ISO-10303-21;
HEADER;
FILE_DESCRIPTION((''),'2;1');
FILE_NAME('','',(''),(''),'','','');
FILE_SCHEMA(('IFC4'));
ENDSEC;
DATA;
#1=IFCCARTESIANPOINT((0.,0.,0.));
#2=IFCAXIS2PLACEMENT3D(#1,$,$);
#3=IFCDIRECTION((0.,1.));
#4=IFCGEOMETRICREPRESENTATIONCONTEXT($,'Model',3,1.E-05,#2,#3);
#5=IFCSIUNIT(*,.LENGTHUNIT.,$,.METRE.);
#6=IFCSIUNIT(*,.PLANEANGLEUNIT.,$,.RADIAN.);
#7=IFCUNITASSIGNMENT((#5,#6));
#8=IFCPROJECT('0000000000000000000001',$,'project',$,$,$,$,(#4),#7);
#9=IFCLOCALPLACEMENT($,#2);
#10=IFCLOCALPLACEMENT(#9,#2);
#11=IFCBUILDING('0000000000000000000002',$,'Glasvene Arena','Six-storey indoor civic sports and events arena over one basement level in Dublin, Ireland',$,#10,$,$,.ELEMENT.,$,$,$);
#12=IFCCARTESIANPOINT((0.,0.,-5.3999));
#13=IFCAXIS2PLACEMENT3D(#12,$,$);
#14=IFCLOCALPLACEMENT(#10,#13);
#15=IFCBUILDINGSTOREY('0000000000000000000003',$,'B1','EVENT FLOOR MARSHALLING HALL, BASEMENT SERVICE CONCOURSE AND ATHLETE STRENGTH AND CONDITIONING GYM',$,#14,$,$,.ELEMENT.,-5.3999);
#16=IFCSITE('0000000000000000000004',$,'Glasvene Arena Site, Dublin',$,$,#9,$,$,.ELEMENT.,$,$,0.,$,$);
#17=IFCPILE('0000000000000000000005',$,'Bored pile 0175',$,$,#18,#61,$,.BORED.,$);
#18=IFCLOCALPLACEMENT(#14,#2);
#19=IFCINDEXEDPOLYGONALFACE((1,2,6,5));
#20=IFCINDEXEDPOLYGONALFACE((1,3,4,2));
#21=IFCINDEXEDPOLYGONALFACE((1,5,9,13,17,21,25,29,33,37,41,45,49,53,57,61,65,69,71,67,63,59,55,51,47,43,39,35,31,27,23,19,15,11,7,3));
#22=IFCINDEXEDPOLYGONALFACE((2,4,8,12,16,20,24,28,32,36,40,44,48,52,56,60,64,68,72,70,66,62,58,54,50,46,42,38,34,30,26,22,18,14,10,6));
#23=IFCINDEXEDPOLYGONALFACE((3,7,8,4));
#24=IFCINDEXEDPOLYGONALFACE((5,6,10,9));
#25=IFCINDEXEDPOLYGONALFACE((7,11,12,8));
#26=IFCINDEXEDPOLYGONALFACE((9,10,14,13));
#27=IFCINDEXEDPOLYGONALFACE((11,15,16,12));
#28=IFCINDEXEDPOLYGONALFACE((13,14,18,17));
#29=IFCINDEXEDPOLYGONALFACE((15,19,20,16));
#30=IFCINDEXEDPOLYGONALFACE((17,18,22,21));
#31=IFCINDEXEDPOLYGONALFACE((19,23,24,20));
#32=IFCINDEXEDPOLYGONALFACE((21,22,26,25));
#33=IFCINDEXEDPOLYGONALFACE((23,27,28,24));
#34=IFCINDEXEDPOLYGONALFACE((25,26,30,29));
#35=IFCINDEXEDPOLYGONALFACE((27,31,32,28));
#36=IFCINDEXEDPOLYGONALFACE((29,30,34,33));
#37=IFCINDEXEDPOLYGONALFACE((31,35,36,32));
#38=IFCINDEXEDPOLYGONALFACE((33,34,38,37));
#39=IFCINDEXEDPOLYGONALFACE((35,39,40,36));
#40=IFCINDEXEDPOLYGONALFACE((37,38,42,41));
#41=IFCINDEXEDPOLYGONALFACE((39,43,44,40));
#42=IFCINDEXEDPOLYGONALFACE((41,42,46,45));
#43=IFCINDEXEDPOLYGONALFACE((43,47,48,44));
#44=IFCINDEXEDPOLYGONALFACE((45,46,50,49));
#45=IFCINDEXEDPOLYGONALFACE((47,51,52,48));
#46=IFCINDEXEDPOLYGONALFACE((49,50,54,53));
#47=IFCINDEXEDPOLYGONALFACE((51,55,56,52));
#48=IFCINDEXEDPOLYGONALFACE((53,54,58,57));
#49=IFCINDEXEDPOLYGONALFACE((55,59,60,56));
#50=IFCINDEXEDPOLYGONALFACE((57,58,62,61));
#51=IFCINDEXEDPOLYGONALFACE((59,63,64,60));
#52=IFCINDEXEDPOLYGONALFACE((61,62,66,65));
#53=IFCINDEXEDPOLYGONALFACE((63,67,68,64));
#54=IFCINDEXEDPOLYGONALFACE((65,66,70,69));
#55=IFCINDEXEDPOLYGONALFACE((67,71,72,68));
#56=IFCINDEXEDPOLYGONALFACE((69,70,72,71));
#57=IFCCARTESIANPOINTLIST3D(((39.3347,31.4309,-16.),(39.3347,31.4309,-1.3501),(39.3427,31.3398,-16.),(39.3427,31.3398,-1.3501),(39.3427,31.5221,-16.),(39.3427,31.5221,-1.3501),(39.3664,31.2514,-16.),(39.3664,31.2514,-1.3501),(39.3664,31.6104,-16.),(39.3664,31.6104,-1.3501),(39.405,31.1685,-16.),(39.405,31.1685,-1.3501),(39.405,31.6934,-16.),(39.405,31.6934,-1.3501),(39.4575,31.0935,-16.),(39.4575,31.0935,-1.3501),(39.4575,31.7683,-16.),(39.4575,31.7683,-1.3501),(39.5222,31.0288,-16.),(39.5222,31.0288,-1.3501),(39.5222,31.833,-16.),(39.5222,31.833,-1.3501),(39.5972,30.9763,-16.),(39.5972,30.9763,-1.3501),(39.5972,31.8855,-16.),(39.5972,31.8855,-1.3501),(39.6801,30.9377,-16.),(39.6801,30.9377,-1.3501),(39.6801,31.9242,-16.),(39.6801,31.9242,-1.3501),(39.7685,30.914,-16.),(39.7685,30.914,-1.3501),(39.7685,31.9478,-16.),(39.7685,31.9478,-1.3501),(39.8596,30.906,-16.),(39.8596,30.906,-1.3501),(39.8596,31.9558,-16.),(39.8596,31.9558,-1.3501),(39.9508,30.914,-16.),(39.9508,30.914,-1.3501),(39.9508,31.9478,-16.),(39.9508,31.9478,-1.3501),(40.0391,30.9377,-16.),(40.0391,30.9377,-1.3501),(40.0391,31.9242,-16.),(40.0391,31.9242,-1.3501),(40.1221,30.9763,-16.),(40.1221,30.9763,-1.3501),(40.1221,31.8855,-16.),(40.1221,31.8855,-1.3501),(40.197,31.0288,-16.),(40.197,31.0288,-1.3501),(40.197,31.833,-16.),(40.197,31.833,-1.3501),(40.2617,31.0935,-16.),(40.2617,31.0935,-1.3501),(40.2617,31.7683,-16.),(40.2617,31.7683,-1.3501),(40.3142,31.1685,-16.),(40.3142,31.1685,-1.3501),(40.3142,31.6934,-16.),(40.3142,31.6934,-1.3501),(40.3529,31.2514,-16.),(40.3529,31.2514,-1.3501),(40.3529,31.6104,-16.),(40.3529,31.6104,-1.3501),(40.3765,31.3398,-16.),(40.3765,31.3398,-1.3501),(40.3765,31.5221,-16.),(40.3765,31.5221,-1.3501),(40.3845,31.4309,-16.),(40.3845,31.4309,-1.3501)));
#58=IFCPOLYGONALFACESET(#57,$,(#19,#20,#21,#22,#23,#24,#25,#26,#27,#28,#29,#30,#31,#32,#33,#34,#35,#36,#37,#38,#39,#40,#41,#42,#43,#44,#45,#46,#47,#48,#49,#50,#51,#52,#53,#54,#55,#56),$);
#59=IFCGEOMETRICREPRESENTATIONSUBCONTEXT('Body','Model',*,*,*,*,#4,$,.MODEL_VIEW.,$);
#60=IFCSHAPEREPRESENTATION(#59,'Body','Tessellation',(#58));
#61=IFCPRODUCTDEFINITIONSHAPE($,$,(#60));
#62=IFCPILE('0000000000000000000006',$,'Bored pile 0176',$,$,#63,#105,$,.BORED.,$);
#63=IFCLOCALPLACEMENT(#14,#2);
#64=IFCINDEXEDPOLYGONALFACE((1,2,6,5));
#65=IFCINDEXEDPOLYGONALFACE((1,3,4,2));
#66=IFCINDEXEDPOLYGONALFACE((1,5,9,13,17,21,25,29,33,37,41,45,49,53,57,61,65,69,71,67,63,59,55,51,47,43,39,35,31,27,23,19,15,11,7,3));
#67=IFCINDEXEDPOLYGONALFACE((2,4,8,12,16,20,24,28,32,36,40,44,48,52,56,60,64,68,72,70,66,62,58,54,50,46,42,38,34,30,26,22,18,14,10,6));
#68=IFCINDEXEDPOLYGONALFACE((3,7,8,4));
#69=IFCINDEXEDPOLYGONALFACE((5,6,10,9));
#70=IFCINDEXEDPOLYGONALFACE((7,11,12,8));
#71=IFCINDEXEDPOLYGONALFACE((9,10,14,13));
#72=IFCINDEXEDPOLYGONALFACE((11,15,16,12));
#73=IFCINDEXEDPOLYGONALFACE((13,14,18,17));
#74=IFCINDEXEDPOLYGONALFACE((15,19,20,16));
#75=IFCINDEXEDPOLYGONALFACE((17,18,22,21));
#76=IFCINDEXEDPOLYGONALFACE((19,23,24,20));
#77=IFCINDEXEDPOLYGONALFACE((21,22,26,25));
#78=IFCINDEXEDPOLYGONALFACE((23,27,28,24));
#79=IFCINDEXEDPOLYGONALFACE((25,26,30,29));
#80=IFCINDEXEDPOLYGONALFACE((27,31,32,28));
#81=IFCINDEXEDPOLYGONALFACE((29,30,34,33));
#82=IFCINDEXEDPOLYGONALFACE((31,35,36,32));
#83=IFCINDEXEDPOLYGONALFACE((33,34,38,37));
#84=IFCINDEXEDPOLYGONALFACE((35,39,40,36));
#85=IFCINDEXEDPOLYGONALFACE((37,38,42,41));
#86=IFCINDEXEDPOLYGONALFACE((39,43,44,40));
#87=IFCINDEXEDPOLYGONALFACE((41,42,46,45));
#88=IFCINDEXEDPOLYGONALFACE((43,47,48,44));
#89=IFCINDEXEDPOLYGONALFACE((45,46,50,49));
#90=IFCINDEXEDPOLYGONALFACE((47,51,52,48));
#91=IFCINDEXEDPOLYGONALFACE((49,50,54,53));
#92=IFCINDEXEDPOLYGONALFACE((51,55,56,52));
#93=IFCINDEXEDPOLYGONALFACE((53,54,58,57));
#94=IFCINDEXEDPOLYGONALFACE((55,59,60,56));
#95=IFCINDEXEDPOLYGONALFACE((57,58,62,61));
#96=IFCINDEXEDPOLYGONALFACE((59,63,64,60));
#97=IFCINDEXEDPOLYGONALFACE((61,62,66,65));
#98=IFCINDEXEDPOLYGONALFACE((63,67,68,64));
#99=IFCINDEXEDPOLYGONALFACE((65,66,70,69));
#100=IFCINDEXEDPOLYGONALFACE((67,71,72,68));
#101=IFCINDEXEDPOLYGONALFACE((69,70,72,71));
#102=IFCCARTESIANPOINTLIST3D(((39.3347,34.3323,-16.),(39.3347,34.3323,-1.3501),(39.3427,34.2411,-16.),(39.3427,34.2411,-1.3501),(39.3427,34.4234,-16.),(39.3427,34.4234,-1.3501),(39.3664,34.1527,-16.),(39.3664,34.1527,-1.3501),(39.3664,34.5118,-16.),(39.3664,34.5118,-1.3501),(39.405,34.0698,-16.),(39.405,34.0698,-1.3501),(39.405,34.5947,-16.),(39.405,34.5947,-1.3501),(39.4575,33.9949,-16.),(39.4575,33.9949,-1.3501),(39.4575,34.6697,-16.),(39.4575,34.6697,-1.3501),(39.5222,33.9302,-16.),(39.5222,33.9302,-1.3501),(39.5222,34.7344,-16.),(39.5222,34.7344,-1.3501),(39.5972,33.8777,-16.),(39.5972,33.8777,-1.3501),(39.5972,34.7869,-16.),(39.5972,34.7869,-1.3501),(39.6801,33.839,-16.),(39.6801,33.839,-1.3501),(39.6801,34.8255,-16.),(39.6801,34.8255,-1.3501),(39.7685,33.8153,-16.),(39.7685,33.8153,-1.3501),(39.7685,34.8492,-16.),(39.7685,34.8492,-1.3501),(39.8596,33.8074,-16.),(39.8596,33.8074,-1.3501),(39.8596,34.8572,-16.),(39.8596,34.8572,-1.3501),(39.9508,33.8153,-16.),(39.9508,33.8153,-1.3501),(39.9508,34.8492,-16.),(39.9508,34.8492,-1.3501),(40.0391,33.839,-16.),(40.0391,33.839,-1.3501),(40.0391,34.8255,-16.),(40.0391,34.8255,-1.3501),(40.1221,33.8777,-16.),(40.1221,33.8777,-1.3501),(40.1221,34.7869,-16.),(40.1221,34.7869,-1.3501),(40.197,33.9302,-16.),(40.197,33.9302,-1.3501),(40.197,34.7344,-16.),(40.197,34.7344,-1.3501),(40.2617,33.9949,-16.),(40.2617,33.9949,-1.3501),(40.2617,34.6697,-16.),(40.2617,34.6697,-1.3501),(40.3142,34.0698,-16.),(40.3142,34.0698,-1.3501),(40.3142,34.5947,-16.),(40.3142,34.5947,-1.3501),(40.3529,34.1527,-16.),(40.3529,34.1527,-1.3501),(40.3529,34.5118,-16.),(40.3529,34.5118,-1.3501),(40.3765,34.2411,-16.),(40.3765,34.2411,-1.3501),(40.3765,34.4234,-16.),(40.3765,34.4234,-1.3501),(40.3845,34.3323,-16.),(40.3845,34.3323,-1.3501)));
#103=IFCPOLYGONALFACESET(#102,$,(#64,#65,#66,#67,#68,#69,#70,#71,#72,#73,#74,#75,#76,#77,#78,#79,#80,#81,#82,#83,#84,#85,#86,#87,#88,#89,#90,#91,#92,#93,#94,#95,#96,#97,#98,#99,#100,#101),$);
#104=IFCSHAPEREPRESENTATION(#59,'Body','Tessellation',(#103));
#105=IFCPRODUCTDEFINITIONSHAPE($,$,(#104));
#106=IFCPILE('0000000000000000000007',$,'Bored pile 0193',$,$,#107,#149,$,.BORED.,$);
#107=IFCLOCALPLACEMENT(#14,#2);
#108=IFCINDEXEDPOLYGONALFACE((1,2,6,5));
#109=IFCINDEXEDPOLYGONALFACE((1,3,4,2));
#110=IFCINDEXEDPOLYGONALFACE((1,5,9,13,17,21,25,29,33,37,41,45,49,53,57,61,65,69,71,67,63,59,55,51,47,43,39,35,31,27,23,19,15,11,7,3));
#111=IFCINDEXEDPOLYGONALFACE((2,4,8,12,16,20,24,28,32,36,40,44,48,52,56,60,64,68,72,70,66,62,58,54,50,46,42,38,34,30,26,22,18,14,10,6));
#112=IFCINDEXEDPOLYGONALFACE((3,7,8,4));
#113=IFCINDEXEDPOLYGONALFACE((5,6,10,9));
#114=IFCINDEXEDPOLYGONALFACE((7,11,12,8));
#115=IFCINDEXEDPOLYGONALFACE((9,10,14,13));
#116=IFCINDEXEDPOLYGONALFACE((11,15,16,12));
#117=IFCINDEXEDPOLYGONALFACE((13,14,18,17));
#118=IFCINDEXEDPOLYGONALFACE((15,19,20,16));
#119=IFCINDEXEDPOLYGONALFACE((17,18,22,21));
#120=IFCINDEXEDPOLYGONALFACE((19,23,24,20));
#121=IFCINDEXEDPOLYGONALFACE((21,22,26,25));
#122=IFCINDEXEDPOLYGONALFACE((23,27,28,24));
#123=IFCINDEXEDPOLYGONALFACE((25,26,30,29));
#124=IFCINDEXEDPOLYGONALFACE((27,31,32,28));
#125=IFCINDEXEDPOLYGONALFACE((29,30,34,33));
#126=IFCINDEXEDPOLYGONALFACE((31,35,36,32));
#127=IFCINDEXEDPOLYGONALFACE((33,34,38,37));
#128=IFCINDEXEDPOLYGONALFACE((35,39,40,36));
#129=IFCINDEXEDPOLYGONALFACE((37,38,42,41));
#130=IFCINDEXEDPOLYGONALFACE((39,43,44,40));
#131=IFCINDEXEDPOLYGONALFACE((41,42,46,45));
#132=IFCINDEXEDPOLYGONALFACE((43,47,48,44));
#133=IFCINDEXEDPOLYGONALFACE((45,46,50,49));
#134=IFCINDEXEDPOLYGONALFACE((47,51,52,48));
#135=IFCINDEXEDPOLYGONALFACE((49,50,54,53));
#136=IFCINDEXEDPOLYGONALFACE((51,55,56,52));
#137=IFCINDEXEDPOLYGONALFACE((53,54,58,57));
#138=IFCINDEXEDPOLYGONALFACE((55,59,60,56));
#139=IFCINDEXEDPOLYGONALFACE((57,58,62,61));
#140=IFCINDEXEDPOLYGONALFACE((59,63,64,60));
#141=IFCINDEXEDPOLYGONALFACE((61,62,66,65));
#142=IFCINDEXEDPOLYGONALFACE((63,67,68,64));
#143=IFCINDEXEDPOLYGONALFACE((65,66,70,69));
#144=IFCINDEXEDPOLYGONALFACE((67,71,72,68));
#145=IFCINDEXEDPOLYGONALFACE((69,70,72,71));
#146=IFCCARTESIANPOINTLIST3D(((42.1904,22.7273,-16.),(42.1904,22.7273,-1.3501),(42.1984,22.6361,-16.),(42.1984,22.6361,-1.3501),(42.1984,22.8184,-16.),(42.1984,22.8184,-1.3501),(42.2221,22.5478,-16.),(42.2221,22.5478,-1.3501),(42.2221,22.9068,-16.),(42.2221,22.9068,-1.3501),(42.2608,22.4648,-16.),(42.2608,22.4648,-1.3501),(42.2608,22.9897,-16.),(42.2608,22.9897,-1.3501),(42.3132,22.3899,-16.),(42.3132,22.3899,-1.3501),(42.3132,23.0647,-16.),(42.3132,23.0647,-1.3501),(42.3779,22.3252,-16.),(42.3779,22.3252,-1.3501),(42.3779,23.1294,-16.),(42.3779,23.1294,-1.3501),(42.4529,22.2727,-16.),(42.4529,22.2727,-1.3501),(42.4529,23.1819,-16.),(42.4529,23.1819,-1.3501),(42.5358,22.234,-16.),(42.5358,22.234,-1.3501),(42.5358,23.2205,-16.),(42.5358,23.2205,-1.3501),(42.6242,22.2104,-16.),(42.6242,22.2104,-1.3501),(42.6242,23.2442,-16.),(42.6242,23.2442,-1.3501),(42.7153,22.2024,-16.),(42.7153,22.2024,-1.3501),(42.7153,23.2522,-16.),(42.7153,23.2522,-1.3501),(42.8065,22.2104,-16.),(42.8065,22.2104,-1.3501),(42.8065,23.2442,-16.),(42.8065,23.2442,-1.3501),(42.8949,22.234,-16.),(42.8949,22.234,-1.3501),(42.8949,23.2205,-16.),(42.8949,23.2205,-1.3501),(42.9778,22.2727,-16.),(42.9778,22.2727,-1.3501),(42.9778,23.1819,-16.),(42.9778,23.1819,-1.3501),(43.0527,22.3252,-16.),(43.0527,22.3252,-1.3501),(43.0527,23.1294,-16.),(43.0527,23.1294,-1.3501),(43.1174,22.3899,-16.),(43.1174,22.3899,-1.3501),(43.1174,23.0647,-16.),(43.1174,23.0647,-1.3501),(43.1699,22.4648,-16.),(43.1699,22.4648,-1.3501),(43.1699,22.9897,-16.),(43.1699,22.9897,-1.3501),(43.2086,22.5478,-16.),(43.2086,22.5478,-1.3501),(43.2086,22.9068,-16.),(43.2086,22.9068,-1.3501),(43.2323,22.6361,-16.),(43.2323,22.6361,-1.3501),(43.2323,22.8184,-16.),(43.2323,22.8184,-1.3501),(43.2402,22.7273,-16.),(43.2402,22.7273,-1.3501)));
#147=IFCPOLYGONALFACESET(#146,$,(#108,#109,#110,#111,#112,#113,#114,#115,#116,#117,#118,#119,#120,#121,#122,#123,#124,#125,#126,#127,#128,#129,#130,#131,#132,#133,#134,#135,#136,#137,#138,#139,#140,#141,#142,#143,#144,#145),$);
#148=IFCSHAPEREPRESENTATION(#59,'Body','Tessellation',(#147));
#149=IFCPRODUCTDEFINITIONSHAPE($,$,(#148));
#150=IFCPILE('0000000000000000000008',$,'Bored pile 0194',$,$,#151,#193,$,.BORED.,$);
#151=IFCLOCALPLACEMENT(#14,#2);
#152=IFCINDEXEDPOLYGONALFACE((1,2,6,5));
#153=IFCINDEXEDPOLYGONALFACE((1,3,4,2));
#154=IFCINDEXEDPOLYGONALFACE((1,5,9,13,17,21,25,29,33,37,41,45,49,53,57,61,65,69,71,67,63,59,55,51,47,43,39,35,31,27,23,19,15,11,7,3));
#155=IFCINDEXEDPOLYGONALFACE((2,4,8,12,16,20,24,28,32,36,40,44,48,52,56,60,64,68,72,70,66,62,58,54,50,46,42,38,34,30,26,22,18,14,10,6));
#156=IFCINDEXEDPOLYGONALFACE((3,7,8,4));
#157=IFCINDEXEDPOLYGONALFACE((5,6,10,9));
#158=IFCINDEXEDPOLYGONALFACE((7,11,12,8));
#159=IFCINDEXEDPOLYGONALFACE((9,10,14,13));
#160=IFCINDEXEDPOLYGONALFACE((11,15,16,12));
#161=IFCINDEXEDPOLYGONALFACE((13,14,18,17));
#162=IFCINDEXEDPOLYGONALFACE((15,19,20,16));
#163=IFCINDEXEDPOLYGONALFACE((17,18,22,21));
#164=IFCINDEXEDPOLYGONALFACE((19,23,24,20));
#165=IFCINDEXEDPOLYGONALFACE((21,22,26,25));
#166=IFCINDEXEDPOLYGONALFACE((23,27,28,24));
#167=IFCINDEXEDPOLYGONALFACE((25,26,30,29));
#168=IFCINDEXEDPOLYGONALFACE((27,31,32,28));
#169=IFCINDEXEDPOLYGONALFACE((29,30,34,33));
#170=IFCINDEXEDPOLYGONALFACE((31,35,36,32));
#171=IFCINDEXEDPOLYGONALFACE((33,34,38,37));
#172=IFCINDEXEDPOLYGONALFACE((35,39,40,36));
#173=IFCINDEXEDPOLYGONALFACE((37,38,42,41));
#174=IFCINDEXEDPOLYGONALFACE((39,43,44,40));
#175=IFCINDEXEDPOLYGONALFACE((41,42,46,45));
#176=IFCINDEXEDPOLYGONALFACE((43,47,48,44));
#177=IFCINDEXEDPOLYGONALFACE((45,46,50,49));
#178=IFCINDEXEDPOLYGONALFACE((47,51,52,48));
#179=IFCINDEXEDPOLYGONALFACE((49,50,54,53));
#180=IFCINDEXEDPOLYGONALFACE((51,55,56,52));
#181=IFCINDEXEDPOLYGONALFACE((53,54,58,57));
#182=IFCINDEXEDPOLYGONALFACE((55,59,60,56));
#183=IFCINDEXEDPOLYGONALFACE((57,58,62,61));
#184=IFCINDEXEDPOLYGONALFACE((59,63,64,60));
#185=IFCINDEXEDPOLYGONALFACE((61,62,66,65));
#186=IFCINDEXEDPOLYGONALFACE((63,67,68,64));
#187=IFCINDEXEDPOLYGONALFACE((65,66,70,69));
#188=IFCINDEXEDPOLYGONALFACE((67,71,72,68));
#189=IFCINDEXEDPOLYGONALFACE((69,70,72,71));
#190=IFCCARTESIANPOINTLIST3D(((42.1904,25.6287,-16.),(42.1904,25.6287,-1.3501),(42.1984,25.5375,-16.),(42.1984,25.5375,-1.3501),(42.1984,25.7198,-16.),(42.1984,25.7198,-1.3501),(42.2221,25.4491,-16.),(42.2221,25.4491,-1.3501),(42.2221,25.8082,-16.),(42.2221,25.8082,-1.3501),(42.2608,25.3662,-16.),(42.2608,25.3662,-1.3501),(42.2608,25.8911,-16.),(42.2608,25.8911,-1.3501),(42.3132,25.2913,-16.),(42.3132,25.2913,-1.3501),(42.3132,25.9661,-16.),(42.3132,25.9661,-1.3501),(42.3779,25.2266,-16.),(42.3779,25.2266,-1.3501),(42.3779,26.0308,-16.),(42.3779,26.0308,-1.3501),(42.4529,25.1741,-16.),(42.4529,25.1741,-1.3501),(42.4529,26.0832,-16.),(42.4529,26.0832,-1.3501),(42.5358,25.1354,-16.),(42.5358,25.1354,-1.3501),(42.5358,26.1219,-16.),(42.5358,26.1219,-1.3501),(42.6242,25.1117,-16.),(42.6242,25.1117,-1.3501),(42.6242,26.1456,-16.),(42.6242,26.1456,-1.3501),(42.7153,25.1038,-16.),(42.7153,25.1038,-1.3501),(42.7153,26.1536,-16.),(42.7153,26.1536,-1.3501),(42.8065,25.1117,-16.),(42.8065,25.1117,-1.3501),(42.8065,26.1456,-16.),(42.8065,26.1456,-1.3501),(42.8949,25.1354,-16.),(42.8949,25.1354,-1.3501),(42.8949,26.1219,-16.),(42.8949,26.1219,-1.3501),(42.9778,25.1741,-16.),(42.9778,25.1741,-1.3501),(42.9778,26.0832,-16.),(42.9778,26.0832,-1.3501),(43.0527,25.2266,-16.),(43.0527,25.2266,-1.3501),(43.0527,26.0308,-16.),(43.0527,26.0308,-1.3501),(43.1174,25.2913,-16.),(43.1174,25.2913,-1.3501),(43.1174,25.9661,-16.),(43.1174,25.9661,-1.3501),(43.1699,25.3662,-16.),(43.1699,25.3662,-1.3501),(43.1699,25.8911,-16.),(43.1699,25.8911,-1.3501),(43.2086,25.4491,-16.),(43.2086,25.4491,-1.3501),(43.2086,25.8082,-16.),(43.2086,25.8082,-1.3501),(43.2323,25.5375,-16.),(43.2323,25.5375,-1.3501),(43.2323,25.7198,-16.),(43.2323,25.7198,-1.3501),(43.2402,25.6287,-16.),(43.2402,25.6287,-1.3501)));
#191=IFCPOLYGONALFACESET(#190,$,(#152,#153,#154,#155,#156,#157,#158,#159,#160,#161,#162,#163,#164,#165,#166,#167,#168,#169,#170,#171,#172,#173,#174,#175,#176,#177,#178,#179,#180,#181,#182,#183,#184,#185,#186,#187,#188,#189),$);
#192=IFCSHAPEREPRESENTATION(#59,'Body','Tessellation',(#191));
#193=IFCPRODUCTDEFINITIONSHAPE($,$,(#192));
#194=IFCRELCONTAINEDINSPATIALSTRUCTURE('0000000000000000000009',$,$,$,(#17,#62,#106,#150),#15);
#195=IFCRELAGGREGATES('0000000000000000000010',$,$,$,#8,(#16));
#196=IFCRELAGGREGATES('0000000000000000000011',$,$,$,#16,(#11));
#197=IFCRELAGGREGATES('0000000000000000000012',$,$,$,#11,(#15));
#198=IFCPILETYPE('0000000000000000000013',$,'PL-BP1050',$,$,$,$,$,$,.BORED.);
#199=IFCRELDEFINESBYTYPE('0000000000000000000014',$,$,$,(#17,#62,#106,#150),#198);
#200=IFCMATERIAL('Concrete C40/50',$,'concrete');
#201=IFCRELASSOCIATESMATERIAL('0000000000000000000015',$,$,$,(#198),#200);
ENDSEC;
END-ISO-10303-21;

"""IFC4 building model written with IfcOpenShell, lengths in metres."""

from ifc_helpers import new_model, si_unit, direction, frame, origin, origin_2d, place, context, subcontext, project, spatial, circle, extrude, material, material_profile, profile_set, type_object, element, save


model = new_model("IFC4")

# Units and contexts
model_context = context("Model", 3, precision=1e-05, world=origin(), true_north=direction((0.0, 1.0)))
body_context = subcontext(model_context, "Body", "Model", "MODEL_VIEW")
ifc_project = project(units=[si_unit("LENGTHUNIT", "METRE"), si_unit("PLANEANGLEUNIT", "RADIAN")], contexts=[model_context])

# Site, building, storey
site_placement = place(None, origin())
site = spatial("IfcSite", under=ifc_project, at=site_placement, Name="Glasvene Arena Site, Dublin", CompositionType="ELEMENT", RefElevation=0.0)
building_placement = place(site_placement, origin())
building = spatial("IfcBuilding", under=site, at=building_placement, Name="Glasvene Arena", Description="Six-storey indoor civic sports and events arena over one basement level in Dublin, Ireland", CompositionType="ELEMENT")
storey_placement = place(building_placement, frame((0.0, 0.0, -5.3999)))
storey = spatial("IfcBuildingStorey", under=building, at=storey_placement, Name="B1", Description="EVENT FLOOR MARSHALLING HALL, BASEMENT SERVICE CONCOURSE AND ATHLETE STRENGTH AND CONDITIONING GYM", CompositionType="ELEMENT", Elevation=-5.3999)

# Piles
ifc_material_1 = material(Name="Concrete C40/50", Category="concrete")
ifc_material_profile_1 = material_profile(ifc_material_1, circle(Radius=0.5249, at=origin_2d()), Name="BORED PILE 1050")
ifc_profile_set_1 = profile_set([ifc_material_profile_1], Name="Concrete C40/50")
pile_type = type_object("IfcPileType", Name="PL-BP1050", PredefinedType="BORED", material=ifc_profile_set_1)
for number, where, z_axis, x_axis, name in (
    (1, (39.8596, 31.4309, -1.3501), (0.0, 0.0, -1.0), (1.0, 0.0, 0.0), "Bored pile 0175"),
    (2, (39.8596, 34.3323, -1.3501), (0.0, 0.0, -1.0), (1.0, 0.0, 0.0), "Bored pile 0176"),
    (3, (42.7153, 22.7273, -1.3501), (0.0, 0.0, -1.0), (1.0, 0.0, 0.0), "Bored pile 0193"),
    (4, (42.7153, 25.6287, -1.3501), (0.0, 0.0, -1.0), (1.0, 0.0, 0.0), "Bored pile 0194"),
):
    element("IfcPile", number, at=place(storey_placement, frame(where, z_axis=z_axis, x_axis=x_axis)), inside=storey, type_object=pile_type, Name=name, PredefinedType="BORED", context=body_context, shape_type="SweptSolid", body=[
        extrude(circle(Radius=0.5249, at=origin_2d()), origin(), (0.0, 0.0, 1.0), 14.6499),
    ])

save(model, "model.ifc")
